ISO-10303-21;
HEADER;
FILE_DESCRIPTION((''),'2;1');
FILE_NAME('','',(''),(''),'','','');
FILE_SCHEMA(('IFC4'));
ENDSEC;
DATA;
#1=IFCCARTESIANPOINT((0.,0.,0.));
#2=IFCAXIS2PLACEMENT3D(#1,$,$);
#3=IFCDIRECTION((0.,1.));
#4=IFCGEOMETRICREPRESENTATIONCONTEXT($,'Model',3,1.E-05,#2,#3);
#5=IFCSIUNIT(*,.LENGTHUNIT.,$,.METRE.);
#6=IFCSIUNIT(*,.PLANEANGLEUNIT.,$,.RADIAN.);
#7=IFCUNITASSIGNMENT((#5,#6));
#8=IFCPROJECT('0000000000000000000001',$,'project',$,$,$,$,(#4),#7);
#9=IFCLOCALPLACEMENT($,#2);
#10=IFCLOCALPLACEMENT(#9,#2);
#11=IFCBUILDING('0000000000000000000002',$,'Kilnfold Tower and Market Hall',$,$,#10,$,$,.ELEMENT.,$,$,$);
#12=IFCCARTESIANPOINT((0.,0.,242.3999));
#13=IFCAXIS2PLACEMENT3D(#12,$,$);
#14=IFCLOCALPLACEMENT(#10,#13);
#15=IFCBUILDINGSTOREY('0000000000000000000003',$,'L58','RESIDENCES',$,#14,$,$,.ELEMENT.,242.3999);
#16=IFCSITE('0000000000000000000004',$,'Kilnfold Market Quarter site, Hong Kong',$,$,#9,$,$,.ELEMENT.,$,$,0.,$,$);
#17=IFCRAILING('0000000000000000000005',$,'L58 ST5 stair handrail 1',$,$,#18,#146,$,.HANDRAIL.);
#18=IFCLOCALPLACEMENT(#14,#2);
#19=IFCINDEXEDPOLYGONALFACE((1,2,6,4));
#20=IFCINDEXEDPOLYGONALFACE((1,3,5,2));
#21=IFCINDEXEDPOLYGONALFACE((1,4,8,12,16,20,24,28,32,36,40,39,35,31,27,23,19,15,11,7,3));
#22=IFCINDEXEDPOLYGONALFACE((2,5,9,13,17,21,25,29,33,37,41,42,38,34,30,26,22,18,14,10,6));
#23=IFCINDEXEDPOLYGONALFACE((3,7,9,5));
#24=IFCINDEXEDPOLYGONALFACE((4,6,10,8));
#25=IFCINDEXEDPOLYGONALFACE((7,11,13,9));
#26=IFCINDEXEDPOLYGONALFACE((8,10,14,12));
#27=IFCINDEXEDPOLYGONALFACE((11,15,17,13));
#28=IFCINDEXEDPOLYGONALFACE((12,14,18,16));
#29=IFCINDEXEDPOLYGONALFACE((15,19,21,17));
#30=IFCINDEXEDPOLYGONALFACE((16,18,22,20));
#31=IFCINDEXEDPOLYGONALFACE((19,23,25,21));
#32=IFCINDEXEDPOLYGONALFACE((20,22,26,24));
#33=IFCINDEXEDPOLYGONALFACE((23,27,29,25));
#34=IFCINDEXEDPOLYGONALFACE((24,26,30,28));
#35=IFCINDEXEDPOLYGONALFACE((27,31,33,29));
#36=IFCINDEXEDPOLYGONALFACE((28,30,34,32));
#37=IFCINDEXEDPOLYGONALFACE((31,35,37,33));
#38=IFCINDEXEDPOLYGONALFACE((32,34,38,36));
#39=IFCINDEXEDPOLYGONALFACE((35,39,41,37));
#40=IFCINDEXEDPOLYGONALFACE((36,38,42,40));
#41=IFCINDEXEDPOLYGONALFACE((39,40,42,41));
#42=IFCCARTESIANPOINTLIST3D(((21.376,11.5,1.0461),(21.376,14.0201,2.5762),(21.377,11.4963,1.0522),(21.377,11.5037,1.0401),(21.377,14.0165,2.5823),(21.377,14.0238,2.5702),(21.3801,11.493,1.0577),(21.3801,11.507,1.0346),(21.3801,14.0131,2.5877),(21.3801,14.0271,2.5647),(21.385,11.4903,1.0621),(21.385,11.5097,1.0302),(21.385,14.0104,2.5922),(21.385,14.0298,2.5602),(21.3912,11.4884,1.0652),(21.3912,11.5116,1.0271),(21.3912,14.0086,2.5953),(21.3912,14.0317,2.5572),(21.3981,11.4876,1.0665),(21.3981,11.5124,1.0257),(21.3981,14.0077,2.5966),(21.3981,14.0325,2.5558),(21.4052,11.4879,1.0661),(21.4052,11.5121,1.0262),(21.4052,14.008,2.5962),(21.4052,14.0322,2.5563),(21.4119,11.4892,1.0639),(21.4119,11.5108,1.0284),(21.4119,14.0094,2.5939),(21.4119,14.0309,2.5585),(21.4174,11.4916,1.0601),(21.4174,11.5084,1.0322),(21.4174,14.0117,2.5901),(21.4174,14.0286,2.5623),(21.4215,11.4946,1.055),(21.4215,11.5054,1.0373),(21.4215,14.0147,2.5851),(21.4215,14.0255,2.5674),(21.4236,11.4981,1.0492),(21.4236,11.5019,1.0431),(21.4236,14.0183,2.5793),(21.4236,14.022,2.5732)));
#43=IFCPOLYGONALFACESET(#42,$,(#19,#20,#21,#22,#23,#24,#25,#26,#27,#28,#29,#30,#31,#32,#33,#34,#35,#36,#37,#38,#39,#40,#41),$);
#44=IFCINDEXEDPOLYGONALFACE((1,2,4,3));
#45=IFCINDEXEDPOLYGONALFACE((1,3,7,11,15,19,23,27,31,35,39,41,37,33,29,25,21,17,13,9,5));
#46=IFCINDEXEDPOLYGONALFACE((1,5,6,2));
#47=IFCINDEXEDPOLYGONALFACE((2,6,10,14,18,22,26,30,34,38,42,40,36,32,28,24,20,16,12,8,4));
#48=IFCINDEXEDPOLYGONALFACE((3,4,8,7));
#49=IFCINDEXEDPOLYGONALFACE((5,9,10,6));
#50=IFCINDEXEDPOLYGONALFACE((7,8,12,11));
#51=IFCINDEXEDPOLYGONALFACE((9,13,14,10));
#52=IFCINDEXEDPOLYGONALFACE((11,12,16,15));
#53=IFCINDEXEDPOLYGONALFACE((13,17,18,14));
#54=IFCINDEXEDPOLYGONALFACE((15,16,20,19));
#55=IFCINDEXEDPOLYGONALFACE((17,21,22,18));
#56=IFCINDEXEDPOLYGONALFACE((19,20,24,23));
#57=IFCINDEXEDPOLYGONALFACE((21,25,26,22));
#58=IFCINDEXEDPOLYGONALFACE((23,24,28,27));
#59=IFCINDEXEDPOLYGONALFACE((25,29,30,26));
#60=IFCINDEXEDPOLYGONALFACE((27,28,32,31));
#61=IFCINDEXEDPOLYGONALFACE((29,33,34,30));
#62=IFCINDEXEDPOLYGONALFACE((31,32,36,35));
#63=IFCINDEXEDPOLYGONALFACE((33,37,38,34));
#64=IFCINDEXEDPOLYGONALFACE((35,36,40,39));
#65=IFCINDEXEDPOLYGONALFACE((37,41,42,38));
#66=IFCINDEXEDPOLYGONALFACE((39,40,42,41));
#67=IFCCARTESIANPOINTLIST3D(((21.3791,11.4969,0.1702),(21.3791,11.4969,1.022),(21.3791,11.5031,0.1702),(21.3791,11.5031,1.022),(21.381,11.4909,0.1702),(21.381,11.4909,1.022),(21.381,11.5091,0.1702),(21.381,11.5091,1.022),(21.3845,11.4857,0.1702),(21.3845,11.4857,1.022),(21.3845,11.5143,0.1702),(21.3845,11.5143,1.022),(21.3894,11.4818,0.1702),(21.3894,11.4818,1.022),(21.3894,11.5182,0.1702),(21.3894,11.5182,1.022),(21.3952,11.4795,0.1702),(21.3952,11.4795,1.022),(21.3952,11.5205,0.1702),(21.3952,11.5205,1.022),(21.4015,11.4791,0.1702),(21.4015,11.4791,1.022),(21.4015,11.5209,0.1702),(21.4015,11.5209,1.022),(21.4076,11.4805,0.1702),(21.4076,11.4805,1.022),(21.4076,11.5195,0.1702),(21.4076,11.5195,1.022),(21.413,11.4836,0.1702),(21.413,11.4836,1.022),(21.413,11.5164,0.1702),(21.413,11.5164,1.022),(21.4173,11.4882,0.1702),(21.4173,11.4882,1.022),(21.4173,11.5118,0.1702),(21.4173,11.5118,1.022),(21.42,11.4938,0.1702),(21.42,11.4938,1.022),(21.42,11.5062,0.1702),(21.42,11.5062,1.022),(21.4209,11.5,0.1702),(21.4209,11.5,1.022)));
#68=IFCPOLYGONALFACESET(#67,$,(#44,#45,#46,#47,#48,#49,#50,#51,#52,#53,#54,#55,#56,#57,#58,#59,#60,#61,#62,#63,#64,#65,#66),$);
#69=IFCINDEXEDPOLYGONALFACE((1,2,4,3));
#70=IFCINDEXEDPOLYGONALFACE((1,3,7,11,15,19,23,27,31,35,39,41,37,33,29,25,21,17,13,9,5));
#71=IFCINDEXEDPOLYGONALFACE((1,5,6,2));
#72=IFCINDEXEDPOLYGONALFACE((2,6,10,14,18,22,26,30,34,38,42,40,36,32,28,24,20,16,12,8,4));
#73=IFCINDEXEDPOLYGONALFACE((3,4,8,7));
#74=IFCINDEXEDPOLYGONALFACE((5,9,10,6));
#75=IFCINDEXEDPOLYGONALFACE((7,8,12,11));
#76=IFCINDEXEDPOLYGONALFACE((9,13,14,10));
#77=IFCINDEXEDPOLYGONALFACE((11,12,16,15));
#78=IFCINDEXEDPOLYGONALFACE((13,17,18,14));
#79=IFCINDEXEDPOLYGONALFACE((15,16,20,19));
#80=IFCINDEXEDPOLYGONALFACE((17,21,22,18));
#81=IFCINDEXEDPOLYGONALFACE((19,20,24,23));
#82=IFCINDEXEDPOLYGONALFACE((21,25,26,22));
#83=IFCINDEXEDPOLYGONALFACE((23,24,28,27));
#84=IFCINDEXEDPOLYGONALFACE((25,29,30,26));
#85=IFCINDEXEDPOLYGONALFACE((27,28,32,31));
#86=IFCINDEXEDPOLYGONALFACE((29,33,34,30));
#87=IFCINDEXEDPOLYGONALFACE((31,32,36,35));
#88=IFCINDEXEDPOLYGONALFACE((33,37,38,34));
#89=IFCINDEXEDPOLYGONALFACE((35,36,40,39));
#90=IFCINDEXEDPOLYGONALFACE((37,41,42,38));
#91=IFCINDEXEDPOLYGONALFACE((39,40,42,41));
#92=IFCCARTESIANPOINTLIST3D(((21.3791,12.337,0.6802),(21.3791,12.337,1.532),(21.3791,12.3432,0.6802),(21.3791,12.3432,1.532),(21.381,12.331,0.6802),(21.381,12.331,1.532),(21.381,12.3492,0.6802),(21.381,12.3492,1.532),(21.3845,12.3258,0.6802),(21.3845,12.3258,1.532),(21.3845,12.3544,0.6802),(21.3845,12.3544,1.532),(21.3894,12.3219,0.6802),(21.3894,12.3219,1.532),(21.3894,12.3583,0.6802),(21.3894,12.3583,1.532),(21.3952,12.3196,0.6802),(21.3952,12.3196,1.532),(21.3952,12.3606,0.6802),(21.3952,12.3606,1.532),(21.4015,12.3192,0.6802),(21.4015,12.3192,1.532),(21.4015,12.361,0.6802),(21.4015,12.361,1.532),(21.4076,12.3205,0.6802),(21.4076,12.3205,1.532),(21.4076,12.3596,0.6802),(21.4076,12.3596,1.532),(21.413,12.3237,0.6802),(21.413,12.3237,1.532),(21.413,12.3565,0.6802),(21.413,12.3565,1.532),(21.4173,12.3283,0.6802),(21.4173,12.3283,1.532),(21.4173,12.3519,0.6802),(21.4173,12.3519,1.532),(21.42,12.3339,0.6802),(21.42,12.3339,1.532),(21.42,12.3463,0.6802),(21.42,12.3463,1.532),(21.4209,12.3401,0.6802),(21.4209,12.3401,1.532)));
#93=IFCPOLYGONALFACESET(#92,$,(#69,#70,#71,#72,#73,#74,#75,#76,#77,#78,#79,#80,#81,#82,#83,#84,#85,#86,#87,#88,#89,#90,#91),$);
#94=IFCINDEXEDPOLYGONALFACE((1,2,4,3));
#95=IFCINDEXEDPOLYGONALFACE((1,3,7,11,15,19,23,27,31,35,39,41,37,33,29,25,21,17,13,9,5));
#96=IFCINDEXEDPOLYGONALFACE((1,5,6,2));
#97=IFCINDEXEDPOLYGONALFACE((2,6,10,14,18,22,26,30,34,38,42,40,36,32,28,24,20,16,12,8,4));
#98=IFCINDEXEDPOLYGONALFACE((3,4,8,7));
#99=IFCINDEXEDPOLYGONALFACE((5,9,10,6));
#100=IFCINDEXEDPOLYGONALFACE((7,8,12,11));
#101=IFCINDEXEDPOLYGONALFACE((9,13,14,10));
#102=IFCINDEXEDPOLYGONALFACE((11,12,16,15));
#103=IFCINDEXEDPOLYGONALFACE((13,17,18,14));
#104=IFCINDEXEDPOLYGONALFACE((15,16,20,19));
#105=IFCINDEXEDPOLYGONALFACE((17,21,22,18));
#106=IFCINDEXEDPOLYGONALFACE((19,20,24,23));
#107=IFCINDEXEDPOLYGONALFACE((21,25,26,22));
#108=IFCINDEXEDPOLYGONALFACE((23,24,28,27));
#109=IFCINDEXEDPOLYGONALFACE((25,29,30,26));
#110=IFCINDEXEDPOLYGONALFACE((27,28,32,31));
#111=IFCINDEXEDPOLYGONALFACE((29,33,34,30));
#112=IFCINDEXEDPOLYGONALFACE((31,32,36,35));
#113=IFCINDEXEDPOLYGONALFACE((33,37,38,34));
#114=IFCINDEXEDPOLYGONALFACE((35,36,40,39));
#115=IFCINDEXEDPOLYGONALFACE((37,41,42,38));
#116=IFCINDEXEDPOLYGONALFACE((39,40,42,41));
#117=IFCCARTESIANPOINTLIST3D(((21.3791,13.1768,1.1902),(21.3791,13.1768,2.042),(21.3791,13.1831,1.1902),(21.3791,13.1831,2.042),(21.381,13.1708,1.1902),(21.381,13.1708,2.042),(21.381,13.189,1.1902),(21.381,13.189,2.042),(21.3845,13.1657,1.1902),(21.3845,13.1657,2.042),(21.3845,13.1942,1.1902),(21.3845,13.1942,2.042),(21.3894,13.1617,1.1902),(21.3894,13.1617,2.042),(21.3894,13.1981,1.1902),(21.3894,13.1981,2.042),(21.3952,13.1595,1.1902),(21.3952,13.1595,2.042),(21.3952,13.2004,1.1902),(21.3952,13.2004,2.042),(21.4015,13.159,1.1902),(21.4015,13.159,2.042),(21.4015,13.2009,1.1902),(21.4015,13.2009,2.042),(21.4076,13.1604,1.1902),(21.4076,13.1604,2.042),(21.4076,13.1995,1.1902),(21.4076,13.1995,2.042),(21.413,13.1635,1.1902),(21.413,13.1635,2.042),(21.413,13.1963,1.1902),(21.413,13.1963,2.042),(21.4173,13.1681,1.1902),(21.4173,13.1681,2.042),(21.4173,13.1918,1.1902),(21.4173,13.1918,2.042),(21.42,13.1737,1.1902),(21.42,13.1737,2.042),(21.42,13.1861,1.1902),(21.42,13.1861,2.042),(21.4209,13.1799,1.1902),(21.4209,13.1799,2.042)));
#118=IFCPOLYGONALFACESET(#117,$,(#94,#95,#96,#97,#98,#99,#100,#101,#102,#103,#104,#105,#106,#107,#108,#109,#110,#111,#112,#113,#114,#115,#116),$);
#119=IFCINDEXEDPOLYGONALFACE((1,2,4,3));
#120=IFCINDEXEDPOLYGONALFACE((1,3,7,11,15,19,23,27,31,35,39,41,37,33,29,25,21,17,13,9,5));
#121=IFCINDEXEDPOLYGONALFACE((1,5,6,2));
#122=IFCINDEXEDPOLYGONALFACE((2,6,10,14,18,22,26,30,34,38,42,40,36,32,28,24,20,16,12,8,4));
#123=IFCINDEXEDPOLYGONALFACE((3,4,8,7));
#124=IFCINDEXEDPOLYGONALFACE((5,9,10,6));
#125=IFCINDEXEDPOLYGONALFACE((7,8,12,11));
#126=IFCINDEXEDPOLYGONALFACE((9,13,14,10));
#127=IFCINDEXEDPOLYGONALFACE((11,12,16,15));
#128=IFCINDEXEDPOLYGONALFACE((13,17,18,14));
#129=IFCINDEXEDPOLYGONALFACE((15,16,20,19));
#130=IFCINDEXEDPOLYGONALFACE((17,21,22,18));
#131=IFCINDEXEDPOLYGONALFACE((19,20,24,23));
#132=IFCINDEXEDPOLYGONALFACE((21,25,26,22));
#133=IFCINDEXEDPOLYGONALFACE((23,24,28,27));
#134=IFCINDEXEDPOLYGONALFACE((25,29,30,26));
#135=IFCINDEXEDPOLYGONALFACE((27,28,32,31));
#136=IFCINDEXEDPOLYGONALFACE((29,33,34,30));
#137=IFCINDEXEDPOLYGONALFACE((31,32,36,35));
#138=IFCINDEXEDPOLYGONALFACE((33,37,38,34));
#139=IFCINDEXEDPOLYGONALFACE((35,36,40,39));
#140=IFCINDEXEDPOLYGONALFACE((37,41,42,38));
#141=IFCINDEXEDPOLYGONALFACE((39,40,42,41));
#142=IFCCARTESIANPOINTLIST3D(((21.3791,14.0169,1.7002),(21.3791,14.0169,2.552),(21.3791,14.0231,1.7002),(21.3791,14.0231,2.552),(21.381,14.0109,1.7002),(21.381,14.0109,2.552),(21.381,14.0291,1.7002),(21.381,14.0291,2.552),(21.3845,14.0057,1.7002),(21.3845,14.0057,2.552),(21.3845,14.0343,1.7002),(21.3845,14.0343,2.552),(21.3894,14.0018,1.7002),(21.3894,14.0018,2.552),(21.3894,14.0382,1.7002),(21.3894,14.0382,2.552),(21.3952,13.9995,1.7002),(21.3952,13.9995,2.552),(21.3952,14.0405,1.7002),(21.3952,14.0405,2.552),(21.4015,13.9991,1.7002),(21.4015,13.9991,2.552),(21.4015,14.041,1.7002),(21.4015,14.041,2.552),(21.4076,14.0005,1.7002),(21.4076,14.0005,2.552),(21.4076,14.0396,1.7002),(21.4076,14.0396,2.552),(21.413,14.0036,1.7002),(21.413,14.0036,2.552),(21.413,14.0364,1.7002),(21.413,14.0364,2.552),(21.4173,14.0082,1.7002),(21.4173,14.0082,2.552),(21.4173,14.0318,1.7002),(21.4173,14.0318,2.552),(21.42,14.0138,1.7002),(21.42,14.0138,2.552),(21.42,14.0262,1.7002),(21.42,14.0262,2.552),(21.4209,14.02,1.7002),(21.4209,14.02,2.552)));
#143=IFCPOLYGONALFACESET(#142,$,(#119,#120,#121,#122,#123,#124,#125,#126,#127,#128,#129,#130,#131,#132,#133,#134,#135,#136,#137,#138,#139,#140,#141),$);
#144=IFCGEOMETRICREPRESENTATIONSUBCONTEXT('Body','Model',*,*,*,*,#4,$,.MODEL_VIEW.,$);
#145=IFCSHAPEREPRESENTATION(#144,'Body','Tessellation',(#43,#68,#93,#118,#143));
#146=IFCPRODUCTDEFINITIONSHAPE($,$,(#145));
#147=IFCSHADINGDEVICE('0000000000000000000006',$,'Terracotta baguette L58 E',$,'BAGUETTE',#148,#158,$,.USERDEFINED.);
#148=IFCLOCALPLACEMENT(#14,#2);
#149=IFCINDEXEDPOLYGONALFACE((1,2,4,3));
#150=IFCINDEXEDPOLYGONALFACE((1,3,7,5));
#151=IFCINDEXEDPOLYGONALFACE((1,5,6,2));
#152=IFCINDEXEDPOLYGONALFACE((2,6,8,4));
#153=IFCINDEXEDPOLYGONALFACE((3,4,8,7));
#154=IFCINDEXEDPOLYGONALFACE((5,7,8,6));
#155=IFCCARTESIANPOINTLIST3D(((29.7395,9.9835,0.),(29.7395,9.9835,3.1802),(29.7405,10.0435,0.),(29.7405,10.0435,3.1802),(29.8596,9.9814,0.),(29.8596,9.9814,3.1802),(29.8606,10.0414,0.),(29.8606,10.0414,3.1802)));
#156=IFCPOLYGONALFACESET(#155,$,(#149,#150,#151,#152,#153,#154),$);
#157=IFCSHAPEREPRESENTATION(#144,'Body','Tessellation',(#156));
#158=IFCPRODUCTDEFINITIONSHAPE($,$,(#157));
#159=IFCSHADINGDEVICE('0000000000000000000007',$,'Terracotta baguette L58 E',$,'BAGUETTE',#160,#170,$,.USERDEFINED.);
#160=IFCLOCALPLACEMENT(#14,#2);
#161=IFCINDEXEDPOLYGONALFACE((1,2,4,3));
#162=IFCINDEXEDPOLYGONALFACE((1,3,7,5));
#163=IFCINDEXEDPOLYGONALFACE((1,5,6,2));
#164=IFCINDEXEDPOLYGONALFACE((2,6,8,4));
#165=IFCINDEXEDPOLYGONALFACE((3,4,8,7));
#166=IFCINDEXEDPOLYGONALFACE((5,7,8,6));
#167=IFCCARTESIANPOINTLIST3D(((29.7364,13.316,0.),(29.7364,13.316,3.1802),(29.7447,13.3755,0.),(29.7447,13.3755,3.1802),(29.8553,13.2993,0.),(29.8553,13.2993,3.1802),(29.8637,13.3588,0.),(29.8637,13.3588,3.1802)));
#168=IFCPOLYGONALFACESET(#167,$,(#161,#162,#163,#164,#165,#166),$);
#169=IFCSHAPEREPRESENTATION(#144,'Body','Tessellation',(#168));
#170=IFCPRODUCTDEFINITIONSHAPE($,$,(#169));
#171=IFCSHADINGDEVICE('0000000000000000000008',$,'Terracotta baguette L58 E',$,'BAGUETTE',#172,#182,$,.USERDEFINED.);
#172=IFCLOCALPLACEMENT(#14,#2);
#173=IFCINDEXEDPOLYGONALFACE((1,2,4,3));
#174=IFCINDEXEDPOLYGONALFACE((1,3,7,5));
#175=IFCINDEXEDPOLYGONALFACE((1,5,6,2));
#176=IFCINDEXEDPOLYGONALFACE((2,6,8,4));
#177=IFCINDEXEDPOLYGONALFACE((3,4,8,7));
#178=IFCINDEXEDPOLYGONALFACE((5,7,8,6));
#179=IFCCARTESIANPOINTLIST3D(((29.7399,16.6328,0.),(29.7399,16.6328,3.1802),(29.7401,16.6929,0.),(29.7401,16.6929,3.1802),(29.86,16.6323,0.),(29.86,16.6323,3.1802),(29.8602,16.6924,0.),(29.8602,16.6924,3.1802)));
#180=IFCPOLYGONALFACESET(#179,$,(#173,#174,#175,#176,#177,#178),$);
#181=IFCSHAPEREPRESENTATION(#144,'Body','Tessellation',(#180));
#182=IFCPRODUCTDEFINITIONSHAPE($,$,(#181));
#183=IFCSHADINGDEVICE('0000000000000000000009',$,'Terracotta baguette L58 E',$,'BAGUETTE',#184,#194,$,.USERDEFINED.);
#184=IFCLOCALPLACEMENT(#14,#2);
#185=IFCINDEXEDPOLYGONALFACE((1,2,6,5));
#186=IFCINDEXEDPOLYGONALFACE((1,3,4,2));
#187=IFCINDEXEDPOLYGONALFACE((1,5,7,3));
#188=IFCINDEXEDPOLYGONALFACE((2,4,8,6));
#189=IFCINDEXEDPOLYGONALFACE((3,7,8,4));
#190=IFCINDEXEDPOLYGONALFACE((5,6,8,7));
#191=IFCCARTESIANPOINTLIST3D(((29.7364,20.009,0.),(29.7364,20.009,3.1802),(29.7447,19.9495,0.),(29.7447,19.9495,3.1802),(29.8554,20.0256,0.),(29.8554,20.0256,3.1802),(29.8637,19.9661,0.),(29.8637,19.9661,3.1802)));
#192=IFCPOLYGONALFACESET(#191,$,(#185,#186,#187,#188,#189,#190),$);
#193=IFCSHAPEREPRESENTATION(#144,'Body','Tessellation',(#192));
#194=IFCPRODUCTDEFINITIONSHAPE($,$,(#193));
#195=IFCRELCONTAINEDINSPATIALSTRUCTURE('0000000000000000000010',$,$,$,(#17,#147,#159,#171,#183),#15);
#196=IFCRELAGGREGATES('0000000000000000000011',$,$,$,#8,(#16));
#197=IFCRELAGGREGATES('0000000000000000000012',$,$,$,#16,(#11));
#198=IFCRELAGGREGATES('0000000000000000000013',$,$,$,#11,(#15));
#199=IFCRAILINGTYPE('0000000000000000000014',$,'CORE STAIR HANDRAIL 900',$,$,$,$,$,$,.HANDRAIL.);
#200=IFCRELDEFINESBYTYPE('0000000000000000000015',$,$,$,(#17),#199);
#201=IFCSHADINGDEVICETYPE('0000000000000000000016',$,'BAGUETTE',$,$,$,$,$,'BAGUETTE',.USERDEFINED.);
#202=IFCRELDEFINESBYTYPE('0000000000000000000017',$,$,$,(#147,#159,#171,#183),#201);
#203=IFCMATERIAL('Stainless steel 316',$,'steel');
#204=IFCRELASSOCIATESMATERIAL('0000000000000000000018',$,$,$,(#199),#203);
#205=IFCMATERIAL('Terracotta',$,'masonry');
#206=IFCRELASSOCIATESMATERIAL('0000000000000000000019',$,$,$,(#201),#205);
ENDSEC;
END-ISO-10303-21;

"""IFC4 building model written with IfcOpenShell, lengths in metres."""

from ifc_helpers import new_model, si_unit, direction, frame, origin, origin_2d, place, context, subcontext, project, spatial, rectangle, circle, extrude, source, transform, mapped, material, material_profile, profile_set, type_object, element, save


model = new_model("IFC4")

# Units and contexts
model_context = context("Model", 3, precision=1e-05, world=origin(), true_north=direction((0.0, 1.0)))
body_context = subcontext(model_context, "Body", "Model", "MODEL_VIEW")
ifc_project = project(units=[si_unit("LENGTHUNIT", "METRE"), si_unit("PLANEANGLEUNIT", "RADIAN")], contexts=[model_context])

# Site, building, storey
site_placement = place(None, origin())
site = spatial("IfcSite", under=ifc_project, at=site_placement, Name="Kilnfold Market Quarter site, Hong Kong", CompositionType="ELEMENT", RefElevation=0.0)
building_placement = place(site_placement, origin())
building = spatial("IfcBuilding", under=site, at=building_placement, Name="Kilnfold Tower and Market Hall", CompositionType="ELEMENT")
storey_placement = place(building_placement, frame((0.0, 0.0, 242.3999)))
storey = spatial("IfcBuildingStorey", under=building, at=storey_placement, Name="L58", Description="RESIDENCES", CompositionType="ELEMENT", Elevation=242.3999)

# Railing
ifc_material_1 = material(Name="Stainless steel 316", Category="steel")
railing_type_1 = type_object("IfcRailingType", Name="CORE STAIR HANDRAIL 900", PredefinedType="HANDRAIL", material=ifc_material_1)
railing_1_placement = place(storey_placement, frame((21.3999, 11.5, 0.1702)))
element("IfcRailing", 1, at=railing_1_placement, inside=storey, type_object=railing_type_1, Name="L58 ST5 stair handrail 1", PredefinedType="HANDRAIL", context=body_context, shape_type="SweptSolid", body=[
    extrude(circle(Radius=0.0239, at=origin_2d()), frame((0.0, 0.0, 0.876), z_axis=(0.0, 0.854785, 0.518982), x_axis=(-1.0, 0.0, 0.0)), (0.0, 0.0, 1.0), 2.9482),
    extrude(circle(Radius=0.021, at=origin_2d()), origin(), (0.0, 0.0, 1.0), 0.8518),
    extrude(circle(Radius=0.021, at=origin_2d()), frame((0.0, 0.8401, 0.51)), (0.0, 0.0, 1.0), 0.8518),
    extrude(circle(Radius=0.021, at=origin_2d()), frame((0.0, 1.6799, 1.02)), (0.0, 0.0, 1.0), 0.8518),
    extrude(circle(Radius=0.021, at=origin_2d()), frame((0.0, 2.52, 1.53)), (0.0, 0.0, 1.0), 0.8518),
])

# Shading devices
ifc_material_2 = material(Name="Terracotta", Category="masonry")
ifc_material_profile_1 = material_profile(ifc_material_2, rectangle(XDim=0.0601, YDim=0.1201, at=origin_2d()), Name="BAG 60x120")
ifc_profile_set_1 = profile_set([ifc_material_profile_1], Name="Terracotta")
shading_device_type = type_object("IfcShadingDeviceType", Name="BAGUETTE", ElementType="BAGUETTE", PredefinedType="USERDEFINED", material=ifc_profile_set_1)
shared_shape_1 = source(origin(), body_context, "Body", "SweptSolid", [
    extrude(rectangle(XDim=0.0601, YDim=0.1201, at=origin_2d()), origin(), (0.0, 0.0, 1.0), 3.1802),
])
for number, where, z_axis, x_axis, name in (
    (2, (29.8, 10.0125, 0.0), (0.0, 0.0, 1.0), (0.017639, 0.999844, 0.0), "Terracotta baguette L58 E"),
    (3, (29.8, 13.3374, 0.0), (0.0, 0.0, 1.0), (0.139012, 0.990291, 0.0), "Terracotta baguette L58 E"),
    (4, (29.8, 16.6626, 0.0), (0.0, 0.0, 1.0), (0.004245, 0.999991, 0.0), "Terracotta baguette L58 E"),
    (5, (29.8, 19.9875, 0.0), (0.0, 0.0, 1.0), (-0.138354, 0.990383, 0.0), "Terracotta baguette L58 E"),
):
    element("IfcShadingDevice", number, at=place(storey_placement, frame(where, z_axis=z_axis, x_axis=x_axis)), inside=storey, type_object=shading_device_type, Name=name, ObjectType="BAGUETTE", PredefinedType="USERDEFINED", context=body_context, shape_type="MappedRepresentation", body=[
        mapped(shared_shape_1, transform((0.0, 0.0, 0.0))),
    ])

save(model, "model.ifc")
